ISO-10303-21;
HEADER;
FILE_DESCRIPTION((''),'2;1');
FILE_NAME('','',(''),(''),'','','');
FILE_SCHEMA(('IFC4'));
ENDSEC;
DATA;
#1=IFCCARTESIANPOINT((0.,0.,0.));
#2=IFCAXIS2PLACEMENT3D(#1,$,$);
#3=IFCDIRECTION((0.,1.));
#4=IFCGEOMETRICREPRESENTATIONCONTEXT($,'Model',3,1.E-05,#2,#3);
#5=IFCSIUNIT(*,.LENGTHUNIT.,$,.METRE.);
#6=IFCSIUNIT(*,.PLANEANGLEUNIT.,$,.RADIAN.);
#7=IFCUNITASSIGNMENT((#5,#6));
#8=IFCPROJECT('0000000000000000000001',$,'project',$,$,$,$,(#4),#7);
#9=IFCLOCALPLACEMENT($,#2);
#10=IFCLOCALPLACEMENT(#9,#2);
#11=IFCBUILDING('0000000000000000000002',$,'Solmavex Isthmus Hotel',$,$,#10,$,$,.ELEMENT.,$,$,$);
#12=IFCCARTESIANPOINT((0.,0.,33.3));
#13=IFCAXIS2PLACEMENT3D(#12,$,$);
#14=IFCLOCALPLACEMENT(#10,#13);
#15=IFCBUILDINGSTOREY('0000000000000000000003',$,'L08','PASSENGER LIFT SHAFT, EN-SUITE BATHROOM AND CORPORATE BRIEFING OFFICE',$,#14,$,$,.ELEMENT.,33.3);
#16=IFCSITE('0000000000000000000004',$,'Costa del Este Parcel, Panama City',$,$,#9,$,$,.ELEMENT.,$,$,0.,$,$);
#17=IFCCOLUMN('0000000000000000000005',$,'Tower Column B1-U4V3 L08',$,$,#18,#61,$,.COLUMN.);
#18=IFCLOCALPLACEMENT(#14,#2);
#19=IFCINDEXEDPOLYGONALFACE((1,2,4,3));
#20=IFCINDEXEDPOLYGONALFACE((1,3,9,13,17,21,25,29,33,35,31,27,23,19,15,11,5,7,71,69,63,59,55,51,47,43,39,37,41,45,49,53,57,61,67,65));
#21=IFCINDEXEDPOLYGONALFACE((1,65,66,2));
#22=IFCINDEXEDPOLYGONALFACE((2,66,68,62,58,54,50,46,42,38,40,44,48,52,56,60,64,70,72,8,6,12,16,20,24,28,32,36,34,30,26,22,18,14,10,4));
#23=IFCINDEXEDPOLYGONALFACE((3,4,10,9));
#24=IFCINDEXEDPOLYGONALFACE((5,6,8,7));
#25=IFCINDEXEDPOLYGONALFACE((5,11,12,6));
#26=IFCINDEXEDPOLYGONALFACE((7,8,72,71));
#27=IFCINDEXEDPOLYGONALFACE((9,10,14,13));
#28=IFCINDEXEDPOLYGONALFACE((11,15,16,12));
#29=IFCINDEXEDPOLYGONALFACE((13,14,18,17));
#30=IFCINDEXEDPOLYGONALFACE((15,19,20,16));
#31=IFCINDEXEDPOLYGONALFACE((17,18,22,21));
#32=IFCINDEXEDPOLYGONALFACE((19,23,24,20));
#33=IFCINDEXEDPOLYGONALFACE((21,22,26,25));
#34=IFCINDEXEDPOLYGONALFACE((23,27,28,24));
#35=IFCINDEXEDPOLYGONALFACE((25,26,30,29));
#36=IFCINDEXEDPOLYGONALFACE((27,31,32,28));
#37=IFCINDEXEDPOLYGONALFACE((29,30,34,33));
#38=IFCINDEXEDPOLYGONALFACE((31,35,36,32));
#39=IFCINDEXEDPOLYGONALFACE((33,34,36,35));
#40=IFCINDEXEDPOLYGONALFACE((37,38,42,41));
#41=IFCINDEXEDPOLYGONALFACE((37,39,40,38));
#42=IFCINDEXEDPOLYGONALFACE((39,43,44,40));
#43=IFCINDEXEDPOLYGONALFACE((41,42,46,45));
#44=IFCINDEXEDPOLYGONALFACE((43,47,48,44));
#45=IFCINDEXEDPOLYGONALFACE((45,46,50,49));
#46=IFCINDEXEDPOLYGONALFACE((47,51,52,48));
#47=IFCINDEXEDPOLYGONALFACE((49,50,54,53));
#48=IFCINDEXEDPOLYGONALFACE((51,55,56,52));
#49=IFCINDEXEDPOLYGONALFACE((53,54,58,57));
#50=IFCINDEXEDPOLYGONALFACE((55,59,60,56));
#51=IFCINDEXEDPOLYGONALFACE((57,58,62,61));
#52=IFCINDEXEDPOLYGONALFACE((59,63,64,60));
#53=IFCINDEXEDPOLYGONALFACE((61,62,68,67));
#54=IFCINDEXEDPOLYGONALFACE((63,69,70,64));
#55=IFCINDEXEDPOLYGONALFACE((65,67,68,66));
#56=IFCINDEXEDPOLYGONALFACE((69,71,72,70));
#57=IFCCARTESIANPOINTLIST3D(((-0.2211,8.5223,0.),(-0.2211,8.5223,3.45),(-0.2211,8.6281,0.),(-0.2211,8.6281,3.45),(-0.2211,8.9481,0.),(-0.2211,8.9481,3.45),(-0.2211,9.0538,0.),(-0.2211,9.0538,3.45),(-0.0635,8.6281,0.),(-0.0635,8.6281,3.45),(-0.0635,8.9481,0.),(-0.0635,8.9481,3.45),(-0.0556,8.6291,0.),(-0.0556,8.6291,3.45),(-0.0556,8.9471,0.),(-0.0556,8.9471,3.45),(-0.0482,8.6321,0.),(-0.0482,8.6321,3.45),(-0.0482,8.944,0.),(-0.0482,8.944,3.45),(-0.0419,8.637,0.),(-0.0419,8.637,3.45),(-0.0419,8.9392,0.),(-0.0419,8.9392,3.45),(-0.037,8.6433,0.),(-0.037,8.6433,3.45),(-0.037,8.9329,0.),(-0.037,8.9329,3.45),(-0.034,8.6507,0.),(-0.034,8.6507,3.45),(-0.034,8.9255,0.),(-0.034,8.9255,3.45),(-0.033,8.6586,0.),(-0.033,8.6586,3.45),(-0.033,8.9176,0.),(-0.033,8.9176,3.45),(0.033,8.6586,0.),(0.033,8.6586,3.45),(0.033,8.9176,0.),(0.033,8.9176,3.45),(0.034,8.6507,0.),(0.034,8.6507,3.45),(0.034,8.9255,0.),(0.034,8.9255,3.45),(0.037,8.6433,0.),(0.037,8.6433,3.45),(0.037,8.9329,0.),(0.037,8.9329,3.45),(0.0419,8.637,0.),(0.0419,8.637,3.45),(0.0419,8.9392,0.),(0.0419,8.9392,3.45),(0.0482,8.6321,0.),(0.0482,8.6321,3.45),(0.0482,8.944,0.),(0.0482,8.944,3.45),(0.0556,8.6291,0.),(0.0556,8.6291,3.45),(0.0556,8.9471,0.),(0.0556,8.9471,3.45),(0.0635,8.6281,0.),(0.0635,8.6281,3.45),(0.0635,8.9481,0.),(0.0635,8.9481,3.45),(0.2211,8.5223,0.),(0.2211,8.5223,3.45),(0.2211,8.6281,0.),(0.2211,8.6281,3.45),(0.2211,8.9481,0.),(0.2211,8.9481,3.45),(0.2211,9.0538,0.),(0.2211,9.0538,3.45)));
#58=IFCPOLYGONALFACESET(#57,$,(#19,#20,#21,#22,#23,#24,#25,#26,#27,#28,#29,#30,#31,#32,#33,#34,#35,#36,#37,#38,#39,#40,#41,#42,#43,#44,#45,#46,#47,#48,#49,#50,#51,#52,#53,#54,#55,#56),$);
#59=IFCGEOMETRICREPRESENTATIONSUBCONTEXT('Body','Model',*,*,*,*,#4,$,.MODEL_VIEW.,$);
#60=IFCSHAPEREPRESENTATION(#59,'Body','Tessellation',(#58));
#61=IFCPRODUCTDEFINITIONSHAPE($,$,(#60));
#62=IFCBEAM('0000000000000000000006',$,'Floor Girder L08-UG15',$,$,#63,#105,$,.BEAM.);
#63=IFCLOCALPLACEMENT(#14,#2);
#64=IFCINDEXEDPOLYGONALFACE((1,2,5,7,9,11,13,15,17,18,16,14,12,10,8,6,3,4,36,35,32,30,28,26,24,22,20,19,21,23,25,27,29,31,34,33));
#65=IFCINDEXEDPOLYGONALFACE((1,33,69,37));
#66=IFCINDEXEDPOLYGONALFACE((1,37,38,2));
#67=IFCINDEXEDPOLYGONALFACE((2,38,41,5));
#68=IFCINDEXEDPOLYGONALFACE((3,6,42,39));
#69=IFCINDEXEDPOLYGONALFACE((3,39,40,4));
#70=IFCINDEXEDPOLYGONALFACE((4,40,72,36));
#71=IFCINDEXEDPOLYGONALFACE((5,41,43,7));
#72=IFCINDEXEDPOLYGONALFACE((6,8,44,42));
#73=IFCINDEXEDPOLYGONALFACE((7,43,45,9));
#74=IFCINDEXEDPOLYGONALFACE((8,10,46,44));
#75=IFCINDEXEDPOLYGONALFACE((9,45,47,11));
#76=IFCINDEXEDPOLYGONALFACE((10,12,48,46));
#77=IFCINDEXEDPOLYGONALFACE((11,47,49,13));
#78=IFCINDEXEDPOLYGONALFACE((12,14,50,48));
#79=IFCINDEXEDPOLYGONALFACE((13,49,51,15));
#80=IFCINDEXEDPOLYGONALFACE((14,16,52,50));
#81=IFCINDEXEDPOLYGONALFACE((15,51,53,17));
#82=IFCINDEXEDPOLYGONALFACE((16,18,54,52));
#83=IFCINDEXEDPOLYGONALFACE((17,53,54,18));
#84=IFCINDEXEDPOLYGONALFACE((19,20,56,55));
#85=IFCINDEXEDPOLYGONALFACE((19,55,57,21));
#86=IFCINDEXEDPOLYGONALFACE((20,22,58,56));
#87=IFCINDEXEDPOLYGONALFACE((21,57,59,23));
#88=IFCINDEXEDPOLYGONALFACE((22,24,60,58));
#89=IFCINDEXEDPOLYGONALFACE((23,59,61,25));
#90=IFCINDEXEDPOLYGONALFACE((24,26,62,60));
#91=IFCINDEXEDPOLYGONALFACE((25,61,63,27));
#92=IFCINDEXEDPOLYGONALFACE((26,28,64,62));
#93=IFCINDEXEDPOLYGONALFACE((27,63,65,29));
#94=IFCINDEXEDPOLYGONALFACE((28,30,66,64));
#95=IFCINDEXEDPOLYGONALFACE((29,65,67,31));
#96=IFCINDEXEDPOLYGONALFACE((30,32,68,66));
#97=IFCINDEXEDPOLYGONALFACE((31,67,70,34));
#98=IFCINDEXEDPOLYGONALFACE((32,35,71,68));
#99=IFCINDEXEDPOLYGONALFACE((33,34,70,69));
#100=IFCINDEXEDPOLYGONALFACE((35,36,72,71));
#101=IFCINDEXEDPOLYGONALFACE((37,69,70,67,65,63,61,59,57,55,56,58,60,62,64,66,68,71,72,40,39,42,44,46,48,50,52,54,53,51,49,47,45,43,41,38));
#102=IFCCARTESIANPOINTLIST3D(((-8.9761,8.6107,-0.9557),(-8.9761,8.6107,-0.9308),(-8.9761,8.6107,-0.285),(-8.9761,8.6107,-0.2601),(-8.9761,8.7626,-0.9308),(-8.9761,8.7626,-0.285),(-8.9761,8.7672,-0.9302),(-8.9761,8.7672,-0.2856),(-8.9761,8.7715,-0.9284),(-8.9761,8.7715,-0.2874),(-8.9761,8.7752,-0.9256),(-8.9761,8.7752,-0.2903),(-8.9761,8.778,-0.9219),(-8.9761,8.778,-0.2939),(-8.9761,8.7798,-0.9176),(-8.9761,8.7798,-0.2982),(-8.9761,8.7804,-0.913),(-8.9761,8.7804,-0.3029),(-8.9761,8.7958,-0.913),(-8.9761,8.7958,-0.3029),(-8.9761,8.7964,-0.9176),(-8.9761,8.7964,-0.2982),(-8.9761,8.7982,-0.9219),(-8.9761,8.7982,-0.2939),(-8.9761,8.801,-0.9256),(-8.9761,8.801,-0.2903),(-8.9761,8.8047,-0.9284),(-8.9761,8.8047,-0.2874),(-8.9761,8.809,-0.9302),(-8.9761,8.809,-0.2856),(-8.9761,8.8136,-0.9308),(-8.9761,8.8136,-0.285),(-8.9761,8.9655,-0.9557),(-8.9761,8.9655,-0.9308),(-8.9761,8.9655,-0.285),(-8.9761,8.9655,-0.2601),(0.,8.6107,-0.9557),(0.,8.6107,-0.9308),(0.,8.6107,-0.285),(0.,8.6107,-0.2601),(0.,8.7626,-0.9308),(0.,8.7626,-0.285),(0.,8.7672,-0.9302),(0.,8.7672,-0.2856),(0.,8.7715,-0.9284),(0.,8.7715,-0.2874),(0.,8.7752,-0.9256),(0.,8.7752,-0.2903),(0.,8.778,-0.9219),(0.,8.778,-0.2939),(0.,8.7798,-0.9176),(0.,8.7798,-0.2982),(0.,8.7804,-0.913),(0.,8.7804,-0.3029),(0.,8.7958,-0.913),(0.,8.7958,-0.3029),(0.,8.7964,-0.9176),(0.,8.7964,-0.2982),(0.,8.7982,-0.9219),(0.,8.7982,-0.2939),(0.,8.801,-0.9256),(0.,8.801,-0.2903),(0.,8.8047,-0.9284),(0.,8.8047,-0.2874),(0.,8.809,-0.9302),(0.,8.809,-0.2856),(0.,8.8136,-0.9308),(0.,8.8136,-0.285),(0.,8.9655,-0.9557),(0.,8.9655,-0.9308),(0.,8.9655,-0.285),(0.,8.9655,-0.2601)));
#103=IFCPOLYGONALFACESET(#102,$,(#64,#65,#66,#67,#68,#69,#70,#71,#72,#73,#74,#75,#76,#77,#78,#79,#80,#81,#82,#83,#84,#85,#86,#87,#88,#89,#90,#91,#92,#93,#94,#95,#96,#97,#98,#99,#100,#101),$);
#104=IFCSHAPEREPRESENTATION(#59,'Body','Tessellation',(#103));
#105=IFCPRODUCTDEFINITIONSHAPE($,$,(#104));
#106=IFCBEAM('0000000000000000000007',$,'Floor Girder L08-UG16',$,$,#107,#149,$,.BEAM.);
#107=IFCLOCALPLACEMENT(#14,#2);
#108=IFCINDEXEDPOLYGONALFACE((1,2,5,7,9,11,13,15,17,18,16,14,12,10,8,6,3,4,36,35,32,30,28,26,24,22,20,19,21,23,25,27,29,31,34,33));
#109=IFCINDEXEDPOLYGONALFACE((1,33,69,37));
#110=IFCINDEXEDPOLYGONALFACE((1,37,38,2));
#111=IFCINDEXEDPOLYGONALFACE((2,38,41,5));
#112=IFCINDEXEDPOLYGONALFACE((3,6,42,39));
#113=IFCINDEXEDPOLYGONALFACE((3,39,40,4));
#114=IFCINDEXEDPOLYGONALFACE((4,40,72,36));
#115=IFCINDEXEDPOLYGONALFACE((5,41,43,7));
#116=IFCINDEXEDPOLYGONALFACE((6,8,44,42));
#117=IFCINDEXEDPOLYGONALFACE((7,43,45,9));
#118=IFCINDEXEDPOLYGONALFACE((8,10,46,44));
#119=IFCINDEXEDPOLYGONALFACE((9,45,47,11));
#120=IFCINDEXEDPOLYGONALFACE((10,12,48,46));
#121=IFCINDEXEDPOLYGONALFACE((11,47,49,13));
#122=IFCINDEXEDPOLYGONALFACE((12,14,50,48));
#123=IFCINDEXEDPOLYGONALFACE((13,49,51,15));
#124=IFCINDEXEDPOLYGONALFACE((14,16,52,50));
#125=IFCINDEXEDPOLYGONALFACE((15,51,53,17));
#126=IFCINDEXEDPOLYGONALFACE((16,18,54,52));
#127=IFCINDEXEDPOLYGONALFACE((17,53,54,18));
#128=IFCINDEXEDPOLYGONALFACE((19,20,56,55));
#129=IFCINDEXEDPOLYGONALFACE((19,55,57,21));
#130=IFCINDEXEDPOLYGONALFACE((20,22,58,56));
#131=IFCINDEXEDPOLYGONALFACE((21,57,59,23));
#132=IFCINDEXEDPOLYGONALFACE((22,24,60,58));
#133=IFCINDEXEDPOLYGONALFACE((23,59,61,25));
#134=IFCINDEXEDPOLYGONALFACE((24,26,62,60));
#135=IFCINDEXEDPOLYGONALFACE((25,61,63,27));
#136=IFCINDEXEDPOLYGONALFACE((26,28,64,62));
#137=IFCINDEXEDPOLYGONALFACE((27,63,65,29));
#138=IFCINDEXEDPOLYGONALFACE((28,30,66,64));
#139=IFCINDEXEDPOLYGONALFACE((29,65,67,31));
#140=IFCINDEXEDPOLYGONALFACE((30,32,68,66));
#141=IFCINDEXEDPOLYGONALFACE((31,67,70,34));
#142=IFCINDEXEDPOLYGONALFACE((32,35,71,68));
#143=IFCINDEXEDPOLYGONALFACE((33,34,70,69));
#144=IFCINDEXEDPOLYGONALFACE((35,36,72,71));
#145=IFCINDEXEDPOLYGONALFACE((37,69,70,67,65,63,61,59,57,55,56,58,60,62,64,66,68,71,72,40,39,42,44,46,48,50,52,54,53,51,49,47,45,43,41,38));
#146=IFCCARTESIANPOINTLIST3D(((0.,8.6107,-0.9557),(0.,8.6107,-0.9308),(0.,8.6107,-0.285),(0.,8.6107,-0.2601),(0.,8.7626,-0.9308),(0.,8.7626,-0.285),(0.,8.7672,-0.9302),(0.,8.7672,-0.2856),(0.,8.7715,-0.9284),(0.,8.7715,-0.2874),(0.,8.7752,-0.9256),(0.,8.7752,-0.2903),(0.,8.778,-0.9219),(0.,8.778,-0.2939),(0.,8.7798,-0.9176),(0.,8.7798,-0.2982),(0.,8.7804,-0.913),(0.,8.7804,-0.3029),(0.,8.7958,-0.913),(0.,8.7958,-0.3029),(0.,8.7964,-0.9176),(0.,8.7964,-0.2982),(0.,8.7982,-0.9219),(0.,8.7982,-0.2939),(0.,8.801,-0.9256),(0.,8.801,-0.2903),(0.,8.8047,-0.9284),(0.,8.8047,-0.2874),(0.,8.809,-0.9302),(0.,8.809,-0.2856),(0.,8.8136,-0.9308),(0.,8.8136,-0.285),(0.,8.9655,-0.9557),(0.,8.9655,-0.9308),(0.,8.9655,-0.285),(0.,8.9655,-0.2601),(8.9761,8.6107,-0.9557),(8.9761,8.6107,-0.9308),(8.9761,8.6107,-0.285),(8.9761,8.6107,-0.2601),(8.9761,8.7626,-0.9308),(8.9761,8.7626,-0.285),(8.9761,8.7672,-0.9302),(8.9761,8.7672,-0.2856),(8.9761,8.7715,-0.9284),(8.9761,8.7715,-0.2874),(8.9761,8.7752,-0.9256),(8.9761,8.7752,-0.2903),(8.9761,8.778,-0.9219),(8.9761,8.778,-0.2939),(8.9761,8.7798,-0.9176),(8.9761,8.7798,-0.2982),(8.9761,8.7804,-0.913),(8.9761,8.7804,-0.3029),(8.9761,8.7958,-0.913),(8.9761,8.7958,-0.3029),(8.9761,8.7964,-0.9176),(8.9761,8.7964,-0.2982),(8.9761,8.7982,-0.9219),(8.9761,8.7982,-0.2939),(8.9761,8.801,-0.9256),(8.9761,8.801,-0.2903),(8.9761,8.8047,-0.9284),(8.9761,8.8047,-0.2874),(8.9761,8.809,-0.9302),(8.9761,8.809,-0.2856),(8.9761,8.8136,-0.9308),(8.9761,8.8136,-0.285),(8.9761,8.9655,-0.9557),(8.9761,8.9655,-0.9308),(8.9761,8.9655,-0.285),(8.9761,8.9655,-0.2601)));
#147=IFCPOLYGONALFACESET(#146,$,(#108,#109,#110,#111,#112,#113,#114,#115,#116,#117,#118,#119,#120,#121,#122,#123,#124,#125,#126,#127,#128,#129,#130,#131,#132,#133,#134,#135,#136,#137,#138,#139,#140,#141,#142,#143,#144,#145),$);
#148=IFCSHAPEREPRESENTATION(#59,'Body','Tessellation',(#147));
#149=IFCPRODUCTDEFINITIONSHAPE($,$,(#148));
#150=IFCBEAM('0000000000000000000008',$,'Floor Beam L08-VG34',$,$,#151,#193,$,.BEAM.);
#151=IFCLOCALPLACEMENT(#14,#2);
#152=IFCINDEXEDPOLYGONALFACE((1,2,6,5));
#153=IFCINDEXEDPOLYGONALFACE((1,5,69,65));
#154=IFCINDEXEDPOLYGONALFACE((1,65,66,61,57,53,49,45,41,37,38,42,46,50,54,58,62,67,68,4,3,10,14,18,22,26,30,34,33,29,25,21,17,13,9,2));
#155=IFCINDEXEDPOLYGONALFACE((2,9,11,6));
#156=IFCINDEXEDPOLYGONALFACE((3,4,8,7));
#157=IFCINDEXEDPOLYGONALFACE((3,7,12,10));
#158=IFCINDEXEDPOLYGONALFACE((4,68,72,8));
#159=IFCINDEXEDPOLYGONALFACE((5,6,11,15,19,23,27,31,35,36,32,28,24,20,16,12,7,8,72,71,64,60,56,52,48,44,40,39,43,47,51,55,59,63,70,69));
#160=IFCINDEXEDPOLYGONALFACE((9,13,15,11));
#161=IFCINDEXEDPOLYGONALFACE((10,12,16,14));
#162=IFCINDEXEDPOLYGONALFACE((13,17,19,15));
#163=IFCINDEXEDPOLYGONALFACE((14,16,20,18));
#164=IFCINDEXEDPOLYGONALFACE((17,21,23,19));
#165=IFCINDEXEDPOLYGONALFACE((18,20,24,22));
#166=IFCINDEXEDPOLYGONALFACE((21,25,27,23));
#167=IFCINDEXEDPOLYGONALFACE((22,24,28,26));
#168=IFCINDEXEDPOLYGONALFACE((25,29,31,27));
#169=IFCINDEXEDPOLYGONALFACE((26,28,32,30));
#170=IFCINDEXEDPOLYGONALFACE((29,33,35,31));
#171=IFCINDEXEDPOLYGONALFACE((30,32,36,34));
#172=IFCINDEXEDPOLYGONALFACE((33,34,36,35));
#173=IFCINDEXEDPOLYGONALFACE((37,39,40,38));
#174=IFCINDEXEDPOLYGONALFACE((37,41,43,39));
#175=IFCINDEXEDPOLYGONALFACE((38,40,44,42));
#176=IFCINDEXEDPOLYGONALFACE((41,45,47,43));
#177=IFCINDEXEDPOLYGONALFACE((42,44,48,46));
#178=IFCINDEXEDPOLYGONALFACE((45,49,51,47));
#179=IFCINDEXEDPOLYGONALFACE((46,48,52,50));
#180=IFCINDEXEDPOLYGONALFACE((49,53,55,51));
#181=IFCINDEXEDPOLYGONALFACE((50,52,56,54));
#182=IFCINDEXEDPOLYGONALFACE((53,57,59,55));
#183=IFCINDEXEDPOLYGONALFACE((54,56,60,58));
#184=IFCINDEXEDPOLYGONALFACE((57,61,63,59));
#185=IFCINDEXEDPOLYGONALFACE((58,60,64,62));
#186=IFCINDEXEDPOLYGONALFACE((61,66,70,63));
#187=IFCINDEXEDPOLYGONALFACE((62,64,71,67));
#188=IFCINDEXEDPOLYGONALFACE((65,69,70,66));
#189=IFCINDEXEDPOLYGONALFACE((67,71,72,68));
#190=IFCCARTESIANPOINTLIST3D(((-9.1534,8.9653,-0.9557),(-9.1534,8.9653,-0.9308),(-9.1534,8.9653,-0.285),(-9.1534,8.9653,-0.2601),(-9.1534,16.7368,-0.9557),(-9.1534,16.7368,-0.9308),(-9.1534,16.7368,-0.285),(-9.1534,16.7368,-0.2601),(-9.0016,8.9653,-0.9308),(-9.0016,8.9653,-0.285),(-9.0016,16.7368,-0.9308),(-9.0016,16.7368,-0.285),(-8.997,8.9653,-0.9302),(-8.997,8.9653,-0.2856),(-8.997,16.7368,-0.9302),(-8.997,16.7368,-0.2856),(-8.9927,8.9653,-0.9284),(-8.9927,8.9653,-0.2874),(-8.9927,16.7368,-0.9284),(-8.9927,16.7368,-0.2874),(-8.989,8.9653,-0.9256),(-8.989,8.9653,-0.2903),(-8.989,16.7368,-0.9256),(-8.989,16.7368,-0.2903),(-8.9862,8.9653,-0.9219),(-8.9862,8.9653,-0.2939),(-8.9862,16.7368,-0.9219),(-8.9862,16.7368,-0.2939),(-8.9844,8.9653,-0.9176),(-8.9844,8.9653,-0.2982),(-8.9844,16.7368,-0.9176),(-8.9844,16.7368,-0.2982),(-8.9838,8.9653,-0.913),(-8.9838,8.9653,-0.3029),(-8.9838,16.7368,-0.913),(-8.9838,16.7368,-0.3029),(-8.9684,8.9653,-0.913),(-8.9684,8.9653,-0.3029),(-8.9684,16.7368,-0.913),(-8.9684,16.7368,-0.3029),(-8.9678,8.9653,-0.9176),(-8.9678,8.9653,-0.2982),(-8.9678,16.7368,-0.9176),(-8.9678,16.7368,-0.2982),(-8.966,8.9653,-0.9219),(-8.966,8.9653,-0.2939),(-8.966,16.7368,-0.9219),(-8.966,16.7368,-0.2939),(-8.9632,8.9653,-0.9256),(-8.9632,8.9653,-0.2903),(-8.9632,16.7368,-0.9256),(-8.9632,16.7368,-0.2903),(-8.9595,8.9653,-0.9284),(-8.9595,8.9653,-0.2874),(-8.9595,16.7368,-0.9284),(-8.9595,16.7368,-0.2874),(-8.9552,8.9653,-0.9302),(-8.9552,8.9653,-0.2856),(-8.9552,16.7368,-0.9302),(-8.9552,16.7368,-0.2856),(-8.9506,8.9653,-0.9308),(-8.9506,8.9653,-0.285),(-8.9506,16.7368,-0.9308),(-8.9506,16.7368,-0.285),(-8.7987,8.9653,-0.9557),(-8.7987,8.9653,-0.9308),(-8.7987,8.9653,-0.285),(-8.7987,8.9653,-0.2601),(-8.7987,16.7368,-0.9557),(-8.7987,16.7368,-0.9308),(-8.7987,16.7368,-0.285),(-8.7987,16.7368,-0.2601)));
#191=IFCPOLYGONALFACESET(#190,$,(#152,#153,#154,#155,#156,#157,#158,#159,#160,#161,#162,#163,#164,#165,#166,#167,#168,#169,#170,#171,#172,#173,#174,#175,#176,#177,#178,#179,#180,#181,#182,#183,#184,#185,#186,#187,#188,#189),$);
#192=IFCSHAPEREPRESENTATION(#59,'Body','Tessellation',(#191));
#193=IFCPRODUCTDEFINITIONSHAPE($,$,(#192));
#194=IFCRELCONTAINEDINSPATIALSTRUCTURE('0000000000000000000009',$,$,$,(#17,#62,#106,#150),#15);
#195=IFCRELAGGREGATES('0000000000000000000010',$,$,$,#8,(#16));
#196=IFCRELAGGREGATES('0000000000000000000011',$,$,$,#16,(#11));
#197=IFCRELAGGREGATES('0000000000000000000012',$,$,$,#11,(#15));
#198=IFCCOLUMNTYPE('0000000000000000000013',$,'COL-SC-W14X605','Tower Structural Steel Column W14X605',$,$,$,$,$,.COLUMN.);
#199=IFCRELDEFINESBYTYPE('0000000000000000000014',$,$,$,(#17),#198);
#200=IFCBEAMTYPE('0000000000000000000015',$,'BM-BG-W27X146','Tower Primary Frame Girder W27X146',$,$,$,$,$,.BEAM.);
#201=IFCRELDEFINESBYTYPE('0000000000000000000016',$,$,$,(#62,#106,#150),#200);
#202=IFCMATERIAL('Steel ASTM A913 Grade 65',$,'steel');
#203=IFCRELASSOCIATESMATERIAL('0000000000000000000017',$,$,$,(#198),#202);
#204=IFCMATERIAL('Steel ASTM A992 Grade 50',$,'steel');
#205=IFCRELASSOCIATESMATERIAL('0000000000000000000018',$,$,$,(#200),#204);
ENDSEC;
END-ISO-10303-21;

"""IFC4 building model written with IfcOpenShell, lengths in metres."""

from ifc_helpers import new_model, si_unit, direction, frame, origin, origin_2d, place, context, subcontext, project, spatial, i_section, extrude, material, material_profile, profile_set, type_object, element, save


model = new_model("IFC4")

# Units and contexts
model_context = context("Model", 3, precision=1e-05, world=origin(), true_north=direction((0.0, 1.0)))
body_context = subcontext(model_context, "Body", "Model", "MODEL_VIEW")
ifc_project = project(units=[si_unit("LENGTHUNIT", "METRE"), si_unit("PLANEANGLEUNIT", "RADIAN")], contexts=[model_context])

# Site, building, storey
site_placement = place(None, origin())
site = spatial("IfcSite", under=ifc_project, at=site_placement, Name="Costa del Este Parcel, Panama City", CompositionType="ELEMENT", RefElevation=0.0)
building_placement = place(site_placement, origin())
building = spatial("IfcBuilding", under=site, at=building_placement, Name="Solmavex Isthmus Hotel", CompositionType="ELEMENT")
storey_placement = place(building_placement, frame((0.0, 0.0, 33.3)))
storey = spatial("IfcBuildingStorey", under=building, at=storey_placement, Name="L08", Description="PASSENGER LIFT SHAFT, EN-SUITE BATHROOM AND CORPORATE BRIEFING OFFICE", CompositionType="ELEMENT", Elevation=33.3)

# Column
ifc_material_1 = material(Name="Steel ASTM A913 Grade 65", Category="steel")
ifc_material_profile_1 = material_profile(ifc_material_1, i_section(OverallWidth=0.4421, OverallDepth=0.5315, WebThickness=0.0659, FlangeThickness=0.1057, FilletRadius=0.0305, at=origin_2d()), Name="W14X605")
ifc_profile_set_1 = profile_set([ifc_material_profile_1], Name="Steel ASTM A913 Grade 65")
column_type = type_object("IfcColumnType", Name="COL-SC-W14X605", Description="Tower Structural Steel Column W14X605", PredefinedType="COLUMN", material=ifc_profile_set_1)
column_placement = place(storey_placement, frame((0.0, 8.7881, 0.0), z_axis=(0.0, 0.0, 1.0), x_axis=(1.0, 0.0, 0.0)))
element("IfcColumn", 1, at=column_placement, inside=storey, type_object=column_type, Name="Tower Column B1-U4V3 L08", PredefinedType="COLUMN", context=body_context, shape_type="SweptSolid", body=[
    extrude(i_section(OverallWidth=0.4421, OverallDepth=0.5315, WebThickness=0.0659, FlangeThickness=0.1057, FilletRadius=0.0305, at=origin_2d()), origin(), (0.0, 0.0, 1.0), 3.45),
])

# Beams
ifc_material_2 = material(Name="Steel ASTM A992 Grade 50", Category="steel")
ifc_material_profile_2 = material_profile(ifc_material_2, i_section(OverallWidth=0.3547, OverallDepth=0.6956, WebThickness=0.0154, FlangeThickness=0.0249, FilletRadius=0.0178, at=origin_2d()), Name="W27X146")
ifc_profile_set_2 = profile_set([ifc_material_profile_2], Name="Steel ASTM A992 Grade 50")
beam_type_1 = type_object("IfcBeamType", Name="BM-BG-W27X146", Description="Tower Primary Frame Girder W27X146", PredefinedType="BEAM", material=ifc_profile_set_2)
for number, where, z_axis, x_axis, name in (
    (2, (-8.9761, 8.7881, -0.6079), (1.0, 0.0, 0.0), (0.0, 1.0, 0.0), "Floor Girder L08-UG15"),
    (3, (0.0, 8.7881, -0.6079), (1.0, 0.0, 0.0), (0.0, 1.0, 0.0), "Floor Girder L08-UG16"),
):
    element("IfcBeam", number, at=place(storey_placement, frame(where, z_axis=z_axis, x_axis=x_axis)), inside=storey, type_object=beam_type_1, Name=name, PredefinedType="BEAM", context=body_context, shape_type="SweptSolid", body=[
        extrude(i_section(OverallWidth=0.3547, OverallDepth=0.6956, WebThickness=0.0154, FlangeThickness=0.0249, FilletRadius=0.0178, at=origin_2d()), origin(), (0.0, 0.0, 1.0), 8.9761),
    ])
beam_1_placement = place(storey_placement, frame((-8.9761, 8.9653, -0.6079), z_axis=(0.0, 1.0, 0.0), x_axis=(-1.0, 0.0, 0.0)))
element("IfcBeam", 4, at=beam_1_placement, inside=storey, type_object=beam_type_1, Name="Floor Beam L08-VG34", PredefinedType="BEAM", context=body_context, shape_type="SweptSolid", body=[
    extrude(i_section(OverallWidth=0.3547, OverallDepth=0.6956, WebThickness=0.0154, FlangeThickness=0.0249, FilletRadius=0.0178, at=origin_2d()), origin(), (0.0, 0.0, 1.0), 7.7715),
])

save(model, "model.ifc")
